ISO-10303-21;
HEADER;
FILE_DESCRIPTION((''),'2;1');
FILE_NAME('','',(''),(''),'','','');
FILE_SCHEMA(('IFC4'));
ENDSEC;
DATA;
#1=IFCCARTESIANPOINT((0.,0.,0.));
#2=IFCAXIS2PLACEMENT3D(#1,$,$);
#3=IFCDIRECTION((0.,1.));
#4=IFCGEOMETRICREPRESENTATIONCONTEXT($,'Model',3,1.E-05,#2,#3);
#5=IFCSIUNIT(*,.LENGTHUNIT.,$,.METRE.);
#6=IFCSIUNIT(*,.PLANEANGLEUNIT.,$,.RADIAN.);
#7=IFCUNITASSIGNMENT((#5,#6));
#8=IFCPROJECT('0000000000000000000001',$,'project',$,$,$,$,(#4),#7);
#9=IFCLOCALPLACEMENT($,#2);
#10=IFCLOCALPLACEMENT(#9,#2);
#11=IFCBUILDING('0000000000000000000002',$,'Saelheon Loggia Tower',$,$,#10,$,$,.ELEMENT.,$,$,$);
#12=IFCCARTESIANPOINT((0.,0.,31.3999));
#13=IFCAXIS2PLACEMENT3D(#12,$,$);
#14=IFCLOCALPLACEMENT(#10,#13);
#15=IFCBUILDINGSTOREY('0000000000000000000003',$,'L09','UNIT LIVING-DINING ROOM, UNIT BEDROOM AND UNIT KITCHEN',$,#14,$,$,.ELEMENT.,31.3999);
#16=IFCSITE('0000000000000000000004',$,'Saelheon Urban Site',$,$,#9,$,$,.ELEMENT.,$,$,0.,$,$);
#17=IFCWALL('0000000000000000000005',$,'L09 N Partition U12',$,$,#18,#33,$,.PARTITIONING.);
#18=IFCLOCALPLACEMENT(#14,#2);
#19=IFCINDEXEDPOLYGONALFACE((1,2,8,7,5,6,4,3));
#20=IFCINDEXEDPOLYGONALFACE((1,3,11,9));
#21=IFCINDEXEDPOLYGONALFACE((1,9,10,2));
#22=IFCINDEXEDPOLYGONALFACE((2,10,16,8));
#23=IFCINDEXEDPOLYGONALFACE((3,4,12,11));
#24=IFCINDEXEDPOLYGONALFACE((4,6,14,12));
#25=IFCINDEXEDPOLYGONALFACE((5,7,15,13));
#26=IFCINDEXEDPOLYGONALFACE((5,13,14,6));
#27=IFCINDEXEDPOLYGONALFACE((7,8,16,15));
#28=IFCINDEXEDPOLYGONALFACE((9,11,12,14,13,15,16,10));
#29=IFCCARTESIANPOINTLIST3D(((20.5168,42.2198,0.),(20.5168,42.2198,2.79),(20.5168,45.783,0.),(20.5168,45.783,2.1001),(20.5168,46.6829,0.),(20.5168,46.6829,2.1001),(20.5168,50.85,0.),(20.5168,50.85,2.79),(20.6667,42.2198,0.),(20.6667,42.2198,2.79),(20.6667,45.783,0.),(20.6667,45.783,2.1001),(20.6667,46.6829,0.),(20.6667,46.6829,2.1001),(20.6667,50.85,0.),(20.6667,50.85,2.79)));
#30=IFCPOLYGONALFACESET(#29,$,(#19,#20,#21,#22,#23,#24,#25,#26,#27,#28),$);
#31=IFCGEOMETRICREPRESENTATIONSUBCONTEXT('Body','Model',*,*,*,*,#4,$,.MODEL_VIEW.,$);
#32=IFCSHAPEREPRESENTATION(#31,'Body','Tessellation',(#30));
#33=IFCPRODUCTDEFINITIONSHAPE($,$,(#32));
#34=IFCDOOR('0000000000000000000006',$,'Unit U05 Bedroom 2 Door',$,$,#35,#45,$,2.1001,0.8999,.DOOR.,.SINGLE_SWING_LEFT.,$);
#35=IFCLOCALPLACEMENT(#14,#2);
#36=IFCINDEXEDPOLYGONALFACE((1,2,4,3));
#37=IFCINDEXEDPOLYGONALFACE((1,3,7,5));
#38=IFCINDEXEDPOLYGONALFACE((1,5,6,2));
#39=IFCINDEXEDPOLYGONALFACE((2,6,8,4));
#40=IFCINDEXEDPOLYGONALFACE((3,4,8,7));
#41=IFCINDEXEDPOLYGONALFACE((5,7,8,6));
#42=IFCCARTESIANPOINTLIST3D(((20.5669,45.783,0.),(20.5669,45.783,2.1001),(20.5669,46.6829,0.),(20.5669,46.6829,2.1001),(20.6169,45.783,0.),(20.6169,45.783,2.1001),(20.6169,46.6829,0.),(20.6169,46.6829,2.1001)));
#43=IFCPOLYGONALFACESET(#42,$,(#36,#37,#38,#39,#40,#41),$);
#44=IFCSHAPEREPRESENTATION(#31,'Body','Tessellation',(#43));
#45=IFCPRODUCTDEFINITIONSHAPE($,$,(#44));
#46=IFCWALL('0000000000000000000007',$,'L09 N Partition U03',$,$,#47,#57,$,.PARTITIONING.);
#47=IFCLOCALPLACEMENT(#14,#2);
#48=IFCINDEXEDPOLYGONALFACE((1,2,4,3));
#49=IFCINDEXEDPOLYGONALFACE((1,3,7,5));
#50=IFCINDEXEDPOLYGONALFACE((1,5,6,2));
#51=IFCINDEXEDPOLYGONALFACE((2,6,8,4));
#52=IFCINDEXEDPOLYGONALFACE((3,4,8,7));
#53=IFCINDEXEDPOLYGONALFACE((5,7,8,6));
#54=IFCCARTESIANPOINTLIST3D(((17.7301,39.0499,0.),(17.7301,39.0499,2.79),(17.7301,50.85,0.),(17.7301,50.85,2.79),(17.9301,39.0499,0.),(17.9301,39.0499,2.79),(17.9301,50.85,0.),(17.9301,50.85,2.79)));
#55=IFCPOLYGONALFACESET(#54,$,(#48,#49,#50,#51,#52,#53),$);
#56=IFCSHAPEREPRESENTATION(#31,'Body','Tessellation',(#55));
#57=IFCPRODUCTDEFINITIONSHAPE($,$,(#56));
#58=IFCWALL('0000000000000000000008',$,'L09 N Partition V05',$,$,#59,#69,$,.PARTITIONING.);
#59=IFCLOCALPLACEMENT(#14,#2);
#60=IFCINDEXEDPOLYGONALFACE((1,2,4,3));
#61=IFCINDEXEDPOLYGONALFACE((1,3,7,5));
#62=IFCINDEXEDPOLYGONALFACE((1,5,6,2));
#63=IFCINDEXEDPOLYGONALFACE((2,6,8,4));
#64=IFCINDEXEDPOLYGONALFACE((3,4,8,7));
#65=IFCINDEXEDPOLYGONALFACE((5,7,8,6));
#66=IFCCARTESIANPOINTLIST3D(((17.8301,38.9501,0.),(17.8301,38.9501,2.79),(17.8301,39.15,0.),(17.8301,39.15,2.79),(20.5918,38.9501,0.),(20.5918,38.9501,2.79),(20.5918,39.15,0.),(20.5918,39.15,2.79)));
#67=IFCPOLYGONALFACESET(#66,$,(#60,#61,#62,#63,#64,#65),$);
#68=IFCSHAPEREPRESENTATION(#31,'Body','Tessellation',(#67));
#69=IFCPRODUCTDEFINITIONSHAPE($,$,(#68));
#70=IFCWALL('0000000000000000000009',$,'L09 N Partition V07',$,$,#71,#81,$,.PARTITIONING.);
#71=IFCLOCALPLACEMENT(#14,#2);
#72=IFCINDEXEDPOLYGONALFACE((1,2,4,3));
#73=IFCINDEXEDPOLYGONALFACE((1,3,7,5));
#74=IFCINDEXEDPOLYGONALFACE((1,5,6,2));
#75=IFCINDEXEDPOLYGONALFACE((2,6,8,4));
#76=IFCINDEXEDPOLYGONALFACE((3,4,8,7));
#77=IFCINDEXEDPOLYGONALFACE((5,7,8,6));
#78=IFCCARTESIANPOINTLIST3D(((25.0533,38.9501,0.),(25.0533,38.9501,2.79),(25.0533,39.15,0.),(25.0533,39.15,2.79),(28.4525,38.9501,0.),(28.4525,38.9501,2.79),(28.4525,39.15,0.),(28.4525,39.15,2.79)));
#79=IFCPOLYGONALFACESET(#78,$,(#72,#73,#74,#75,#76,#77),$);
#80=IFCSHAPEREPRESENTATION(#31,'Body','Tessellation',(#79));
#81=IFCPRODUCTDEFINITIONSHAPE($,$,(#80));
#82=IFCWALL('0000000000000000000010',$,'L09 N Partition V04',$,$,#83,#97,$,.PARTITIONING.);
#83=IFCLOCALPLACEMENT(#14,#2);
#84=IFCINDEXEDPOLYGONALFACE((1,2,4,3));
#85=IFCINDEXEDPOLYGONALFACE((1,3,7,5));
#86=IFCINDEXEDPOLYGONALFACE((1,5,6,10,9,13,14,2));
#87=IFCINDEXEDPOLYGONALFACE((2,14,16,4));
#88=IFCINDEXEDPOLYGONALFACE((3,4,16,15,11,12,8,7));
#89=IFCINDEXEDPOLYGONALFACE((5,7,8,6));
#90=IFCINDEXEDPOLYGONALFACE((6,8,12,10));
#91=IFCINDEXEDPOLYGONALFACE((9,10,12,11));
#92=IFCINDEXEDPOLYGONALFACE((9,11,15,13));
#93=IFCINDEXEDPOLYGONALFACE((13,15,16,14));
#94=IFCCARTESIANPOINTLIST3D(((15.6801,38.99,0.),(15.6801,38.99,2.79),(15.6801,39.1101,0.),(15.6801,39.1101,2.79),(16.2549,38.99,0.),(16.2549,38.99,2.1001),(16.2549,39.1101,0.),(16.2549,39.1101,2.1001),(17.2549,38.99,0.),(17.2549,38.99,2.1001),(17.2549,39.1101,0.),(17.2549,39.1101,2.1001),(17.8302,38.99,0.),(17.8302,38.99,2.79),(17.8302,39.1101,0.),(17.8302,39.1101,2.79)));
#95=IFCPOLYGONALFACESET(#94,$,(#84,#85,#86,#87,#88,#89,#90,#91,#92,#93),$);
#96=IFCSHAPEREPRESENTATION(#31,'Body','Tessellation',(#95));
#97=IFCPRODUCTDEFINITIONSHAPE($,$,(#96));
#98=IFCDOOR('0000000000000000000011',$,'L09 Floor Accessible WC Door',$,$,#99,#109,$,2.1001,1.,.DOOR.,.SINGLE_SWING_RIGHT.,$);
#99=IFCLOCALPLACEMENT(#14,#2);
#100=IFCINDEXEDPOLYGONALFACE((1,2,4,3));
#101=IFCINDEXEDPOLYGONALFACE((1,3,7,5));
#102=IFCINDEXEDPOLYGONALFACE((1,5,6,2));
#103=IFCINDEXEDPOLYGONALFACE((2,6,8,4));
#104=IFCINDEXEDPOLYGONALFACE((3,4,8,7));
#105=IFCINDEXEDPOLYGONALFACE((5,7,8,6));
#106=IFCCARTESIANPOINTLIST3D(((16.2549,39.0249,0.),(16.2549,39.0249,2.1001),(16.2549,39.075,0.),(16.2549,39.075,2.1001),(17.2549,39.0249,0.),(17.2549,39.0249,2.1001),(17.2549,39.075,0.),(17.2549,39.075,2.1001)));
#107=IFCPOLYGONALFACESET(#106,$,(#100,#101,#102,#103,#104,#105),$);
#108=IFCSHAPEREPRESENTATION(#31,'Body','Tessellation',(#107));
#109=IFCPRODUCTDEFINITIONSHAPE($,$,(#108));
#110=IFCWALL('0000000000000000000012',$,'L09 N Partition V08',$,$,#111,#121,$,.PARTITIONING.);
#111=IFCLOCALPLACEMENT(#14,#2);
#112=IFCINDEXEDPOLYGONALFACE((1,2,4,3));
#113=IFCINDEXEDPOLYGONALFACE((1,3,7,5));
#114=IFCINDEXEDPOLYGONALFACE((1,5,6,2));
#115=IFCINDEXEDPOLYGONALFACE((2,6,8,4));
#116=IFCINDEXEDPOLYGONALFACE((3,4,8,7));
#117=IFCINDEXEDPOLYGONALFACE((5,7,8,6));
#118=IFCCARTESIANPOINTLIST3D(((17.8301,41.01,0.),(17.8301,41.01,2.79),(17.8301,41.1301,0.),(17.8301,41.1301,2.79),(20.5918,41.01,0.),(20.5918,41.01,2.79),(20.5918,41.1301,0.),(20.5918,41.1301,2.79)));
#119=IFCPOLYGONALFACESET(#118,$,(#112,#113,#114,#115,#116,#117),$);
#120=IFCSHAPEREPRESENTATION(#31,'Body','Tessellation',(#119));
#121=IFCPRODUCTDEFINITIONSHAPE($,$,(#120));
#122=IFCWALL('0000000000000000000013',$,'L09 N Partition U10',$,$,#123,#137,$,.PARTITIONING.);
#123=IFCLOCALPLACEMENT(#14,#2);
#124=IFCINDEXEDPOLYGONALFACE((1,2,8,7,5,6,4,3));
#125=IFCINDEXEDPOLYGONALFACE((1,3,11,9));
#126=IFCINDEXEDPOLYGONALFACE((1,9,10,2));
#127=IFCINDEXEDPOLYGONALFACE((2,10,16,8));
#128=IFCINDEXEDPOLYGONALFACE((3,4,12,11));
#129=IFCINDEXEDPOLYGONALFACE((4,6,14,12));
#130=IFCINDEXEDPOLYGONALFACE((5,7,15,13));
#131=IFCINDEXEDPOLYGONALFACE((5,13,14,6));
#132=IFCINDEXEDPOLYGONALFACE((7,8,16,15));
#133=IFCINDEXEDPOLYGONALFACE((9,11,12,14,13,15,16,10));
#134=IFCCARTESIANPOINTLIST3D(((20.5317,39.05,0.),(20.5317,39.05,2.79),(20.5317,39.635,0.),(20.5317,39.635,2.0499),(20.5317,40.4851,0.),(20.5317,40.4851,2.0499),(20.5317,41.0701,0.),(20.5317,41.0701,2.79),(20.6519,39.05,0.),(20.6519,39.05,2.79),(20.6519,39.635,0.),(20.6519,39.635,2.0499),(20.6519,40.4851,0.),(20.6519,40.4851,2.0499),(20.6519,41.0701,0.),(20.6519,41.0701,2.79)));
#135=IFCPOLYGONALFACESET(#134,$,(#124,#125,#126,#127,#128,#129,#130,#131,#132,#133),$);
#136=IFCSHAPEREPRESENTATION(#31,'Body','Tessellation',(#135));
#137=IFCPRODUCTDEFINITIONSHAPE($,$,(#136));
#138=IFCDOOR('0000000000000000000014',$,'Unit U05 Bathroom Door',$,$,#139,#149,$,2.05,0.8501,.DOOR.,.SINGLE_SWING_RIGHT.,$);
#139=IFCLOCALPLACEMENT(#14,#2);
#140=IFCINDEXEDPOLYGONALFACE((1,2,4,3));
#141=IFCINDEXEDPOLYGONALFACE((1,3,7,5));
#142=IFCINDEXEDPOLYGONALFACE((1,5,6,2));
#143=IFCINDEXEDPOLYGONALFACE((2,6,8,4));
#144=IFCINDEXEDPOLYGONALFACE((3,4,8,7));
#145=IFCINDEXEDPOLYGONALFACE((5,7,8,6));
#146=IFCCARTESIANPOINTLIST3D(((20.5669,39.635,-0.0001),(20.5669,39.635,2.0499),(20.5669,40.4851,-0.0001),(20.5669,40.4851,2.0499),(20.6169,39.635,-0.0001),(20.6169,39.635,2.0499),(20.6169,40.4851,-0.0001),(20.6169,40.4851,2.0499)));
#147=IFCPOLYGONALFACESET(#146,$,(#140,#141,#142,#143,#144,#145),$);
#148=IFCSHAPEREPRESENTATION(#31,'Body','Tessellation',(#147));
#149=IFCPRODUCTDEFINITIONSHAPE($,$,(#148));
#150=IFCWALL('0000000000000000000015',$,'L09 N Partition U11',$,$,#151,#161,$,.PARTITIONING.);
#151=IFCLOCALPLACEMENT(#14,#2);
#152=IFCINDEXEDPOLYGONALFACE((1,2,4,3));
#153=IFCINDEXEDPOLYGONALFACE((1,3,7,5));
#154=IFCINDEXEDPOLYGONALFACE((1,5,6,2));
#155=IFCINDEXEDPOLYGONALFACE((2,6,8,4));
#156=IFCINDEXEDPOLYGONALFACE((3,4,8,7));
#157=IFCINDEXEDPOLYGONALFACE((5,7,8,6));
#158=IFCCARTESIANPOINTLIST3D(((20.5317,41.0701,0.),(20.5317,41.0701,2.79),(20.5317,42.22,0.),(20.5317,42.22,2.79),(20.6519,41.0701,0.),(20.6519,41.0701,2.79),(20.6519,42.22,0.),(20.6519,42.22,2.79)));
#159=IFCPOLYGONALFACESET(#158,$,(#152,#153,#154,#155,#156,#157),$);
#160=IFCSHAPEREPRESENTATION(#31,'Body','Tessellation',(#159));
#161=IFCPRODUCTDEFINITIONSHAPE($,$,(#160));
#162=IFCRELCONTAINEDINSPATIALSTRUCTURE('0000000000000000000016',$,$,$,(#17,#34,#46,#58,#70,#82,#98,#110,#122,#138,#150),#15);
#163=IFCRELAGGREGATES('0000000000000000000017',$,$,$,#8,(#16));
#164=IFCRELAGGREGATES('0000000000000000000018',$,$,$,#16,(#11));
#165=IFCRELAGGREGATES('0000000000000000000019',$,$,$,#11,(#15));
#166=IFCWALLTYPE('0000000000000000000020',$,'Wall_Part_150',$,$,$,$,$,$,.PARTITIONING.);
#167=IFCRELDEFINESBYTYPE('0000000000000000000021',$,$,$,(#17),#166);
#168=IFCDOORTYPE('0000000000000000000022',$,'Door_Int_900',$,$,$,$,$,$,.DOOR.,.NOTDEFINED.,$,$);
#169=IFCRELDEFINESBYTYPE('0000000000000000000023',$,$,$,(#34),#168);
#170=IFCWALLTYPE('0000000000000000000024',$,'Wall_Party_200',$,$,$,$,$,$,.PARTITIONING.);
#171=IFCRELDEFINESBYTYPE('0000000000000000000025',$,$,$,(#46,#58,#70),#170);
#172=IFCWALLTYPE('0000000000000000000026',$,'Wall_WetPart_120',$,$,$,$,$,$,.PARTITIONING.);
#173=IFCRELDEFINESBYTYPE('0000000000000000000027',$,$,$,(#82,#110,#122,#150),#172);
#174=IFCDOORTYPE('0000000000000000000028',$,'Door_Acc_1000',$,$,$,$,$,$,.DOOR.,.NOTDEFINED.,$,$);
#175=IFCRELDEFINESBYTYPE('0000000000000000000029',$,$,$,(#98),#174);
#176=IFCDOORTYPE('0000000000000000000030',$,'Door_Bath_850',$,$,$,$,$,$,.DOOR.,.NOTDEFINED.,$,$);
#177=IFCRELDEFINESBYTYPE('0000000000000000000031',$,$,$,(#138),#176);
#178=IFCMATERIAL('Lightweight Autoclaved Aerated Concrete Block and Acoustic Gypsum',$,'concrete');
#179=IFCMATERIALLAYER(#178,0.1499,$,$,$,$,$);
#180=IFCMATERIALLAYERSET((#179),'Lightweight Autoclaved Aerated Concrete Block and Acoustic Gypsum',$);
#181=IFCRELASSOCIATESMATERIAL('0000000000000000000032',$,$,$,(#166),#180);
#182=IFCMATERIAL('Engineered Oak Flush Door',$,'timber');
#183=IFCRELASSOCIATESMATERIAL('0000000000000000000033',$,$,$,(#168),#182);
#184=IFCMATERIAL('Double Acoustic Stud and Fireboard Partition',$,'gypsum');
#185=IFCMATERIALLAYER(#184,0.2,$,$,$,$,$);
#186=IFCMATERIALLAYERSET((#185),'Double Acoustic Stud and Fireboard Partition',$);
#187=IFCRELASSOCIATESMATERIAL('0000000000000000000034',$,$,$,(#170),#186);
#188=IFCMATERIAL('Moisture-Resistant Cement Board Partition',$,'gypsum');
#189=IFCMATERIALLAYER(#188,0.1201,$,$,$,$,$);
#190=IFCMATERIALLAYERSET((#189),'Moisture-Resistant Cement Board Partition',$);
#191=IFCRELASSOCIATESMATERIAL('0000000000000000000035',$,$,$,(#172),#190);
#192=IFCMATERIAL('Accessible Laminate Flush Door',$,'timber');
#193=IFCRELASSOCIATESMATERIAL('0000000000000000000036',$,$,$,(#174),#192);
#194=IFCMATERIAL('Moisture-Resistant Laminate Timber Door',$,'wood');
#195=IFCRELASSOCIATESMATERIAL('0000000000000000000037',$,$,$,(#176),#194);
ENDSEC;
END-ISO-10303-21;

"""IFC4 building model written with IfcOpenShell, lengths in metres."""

from ifc_helpers import new_model, si_unit, direction, frame, frame_2d, origin, place, context, subcontext, project, spatial, rectangle, extrude, source, transform, mapped, material, layer, layer_set, type_object, element, fill, save


model = new_model("IFC4")

# Units and contexts
model_context = context("Model", 3, precision=1e-05, world=origin(), true_north=direction((0.0, 1.0)))
body_context = subcontext(model_context, "Body", "Model", "MODEL_VIEW")
ifc_project = project(units=[si_unit("LENGTHUNIT", "METRE"), si_unit("PLANEANGLEUNIT", "RADIAN")], contexts=[model_context])

# Site, building, storey
site_placement = place(None, origin())
site = spatial("IfcSite", under=ifc_project, at=site_placement, Name="Saelheon Urban Site", CompositionType="ELEMENT", RefElevation=0.0)
building_placement = place(site_placement, origin())
building = spatial("IfcBuilding", under=site, at=building_placement, Name="Saelheon Loggia Tower", CompositionType="ELEMENT")
storey_placement = place(building_placement, frame((0.0, 0.0, 31.3999)))
storey = spatial("IfcBuildingStorey", under=building, at=storey_placement, Name="L09", Description="UNIT LIVING-DINING ROOM, UNIT BEDROOM AND UNIT KITCHEN", CompositionType="ELEMENT", Elevation=31.3999)

# Wall, opening, door
ifc_material_1 = material(Name="Lightweight Autoclaved Aerated Concrete Block and Acoustic Gypsum", Category="concrete")
ifc_layer_1 = layer(ifc_material_1, 0.1499)
ifc_layer_set_1 = layer_set([ifc_layer_1], Name="Lightweight Autoclaved Aerated Concrete Block and Acoustic Gypsum")
wall_type_1 = type_object("IfcWallType", Name="Wall_Part_150", PredefinedType="PARTITIONING", material=ifc_layer_set_1)
wall_1_placement = place(storey_placement, frame((20.5918, 42.22, 0.0), z_axis=(0.0, 0.0, 1.0), x_axis=(0.0, 1.0, 0.0)))
wall_1 = element("IfcWall", 1, at=wall_1_placement, inside=storey, type_object=wall_type_1, Name="L09 N Partition U12", PredefinedType="PARTITIONING", context=body_context, shape_type="SweptSolid", body=[
    extrude(rectangle(XDim=8.6301, YDim=0.1499, at=frame_2d((4.3149, 0.0))), origin(), (0.0, 0.0, 1.0), 2.79),
])
opening_1_placement = place(wall_1_placement, frame((3.563, 0.0, 0.0)))
opening_1 = element("IfcOpeningElement", 2, at=opening_1_placement, cuts=wall_1, PredefinedType="OPENING", context=body_context, shape_type="SweptSolid", body=[
    extrude(rectangle(XDim=0.8999, YDim=2.1001, at=frame_2d((0.45, 1.05))), frame((0.0, 0.0869, 0.0), z_axis=(0.0, -1.0, 0.0), x_axis=(1.0, 0.0, 0.0)), (0.0, 0.0, 1.0), 0.1738),
])
ifc_material_2 = material(Name="Engineered Oak Flush Door", Category="timber")
door_type_1 = type_object("IfcDoorType", Name="Door_Int_900", OperationType="NOTDEFINED", PredefinedType="DOOR", material=ifc_material_2)
shared_shape_1 = source(origin(), body_context, "Body", "SweptSolid", [
    extrude(rectangle(XDim=0.8999, YDim=2.1001, at=frame_2d((0.45, 1.05))), frame((0.0, 0.0249, 0.0), z_axis=(0.0, -1.0, 0.0), x_axis=(1.0, 0.0, 0.0)), (0.0, 0.0, 1.0), 0.05),
])
door_1_placement = place(opening_1_placement, origin())
door_1 = element("IfcDoor", 3, at=door_1_placement, inside=storey, type_object=door_type_1, Name="Unit U05 Bedroom 2 Door", OperationType="SINGLE_SWING_LEFT", OverallHeight=2.1001, OverallWidth=0.8999, PredefinedType="DOOR", context=body_context, shape_type="MappedRepresentation", body=[
    mapped(shared_shape_1, transform((0.0, 0.0, 0.0), scale=1.0)),
])
fill(opening_1, door_1)

# Walls
ifc_material_3 = material(Name="Double Acoustic Stud and Fireboard Partition", Category="gypsum")
ifc_layer_2 = layer(ifc_material_3, 0.2)
ifc_layer_set_2 = layer_set([ifc_layer_2], Name="Double Acoustic Stud and Fireboard Partition")
wall_type_2 = type_object("IfcWallType", Name="Wall_Party_200", PredefinedType="PARTITIONING", material=ifc_layer_set_2)
wall_2_placement = place(storey_placement, frame((17.8301, 39.05, 0.0), z_axis=(0.0, 0.0, 1.0), x_axis=(0.0, 1.0, 0.0)))
element("IfcWall", 4, at=wall_2_placement, inside=storey, type_object=wall_type_2, Name="L09 N Partition U03", PredefinedType="PARTITIONING", context=body_context, shape_type="SweptSolid", body=[
    extrude(rectangle(XDim=11.8, YDim=0.2, at=frame_2d((5.8999, 0.0))), origin(), (0.0, 0.0, 1.0), 2.79),
])
wall_3_placement = place(storey_placement, frame((17.8301, 39.05, 0.0), z_axis=(0.0, 0.0, 1.0), x_axis=(1.0, 0.0, 0.0)))
element("IfcWall", 5, at=wall_3_placement, inside=storey, type_object=wall_type_2, Name="L09 N Partition V05", PredefinedType="PARTITIONING", context=body_context, shape_type="SweptSolid", body=[
    extrude(rectangle(XDim=2.7617, YDim=0.2, at=frame_2d((1.3809, 0.0))), origin(), (0.0, 0.0, 1.0), 2.79),
])

# Wall
wall_4_placement = place(storey_placement, frame((25.0532, 39.05, 0.0), z_axis=(0.0, 0.0, 1.0), x_axis=(1.0, 0.0, 0.0)))
element("IfcWall", 6, at=wall_4_placement, inside=storey, type_object=wall_type_2, Name="L09 N Partition V07", PredefinedType="PARTITIONING", context=body_context, shape_type="SweptSolid", body=[
    extrude(rectangle(XDim=3.3992, YDim=0.2, at=frame_2d((1.6997, 0.0))), origin(), (0.0, 0.0, 1.0), 2.79),
])

# Wall, opening, door
ifc_material_4 = material(Name="Moisture-Resistant Cement Board Partition", Category="gypsum")
ifc_layer_3 = layer(ifc_material_4, 0.1201)
ifc_layer_set_3 = layer_set([ifc_layer_3], Name="Moisture-Resistant Cement Board Partition")
wall_type_3 = type_object("IfcWallType", Name="Wall_WetPart_120", PredefinedType="PARTITIONING", material=ifc_layer_set_3)
wall_5_placement = place(storey_placement, frame((15.6799, 39.05, 0.0), z_axis=(0.0, 0.0, 1.0), x_axis=(1.0, 0.0, 0.0)))
wall_5 = element("IfcWall", 7, at=wall_5_placement, inside=storey, type_object=wall_type_3, Name="L09 N Partition V04", PredefinedType="PARTITIONING", context=body_context, shape_type="SweptSolid", body=[
    extrude(rectangle(XDim=2.1501, YDim=0.1201, at=frame_2d((1.0752, 0.0))), origin(), (0.0, 0.0, 1.0), 2.79),
])
opening_2_placement = place(wall_5_placement, frame((0.575, 0.0, 0.0)))
opening_2 = element("IfcOpeningElement", 8, at=opening_2_placement, cuts=wall_5, PredefinedType="OPENING", context=body_context, shape_type="SweptSolid", body=[
    extrude(rectangle(XDim=1.0, YDim=2.1001, at=frame_2d((0.5, 1.05))), frame((0.0, 0.072, 0.0), z_axis=(0.0, -1.0, 0.0), x_axis=(1.0, 0.0, 0.0)), (0.0, 0.0, 1.0), 0.144),
])
ifc_material_5 = material(Name="Accessible Laminate Flush Door", Category="timber")
door_type_2 = type_object("IfcDoorType", Name="Door_Acc_1000", OperationType="NOTDEFINED", PredefinedType="DOOR", material=ifc_material_5)
shared_shape_2 = source(origin(), body_context, "Body", "SweptSolid", [
    extrude(rectangle(XDim=1.0, YDim=2.1001, at=frame_2d((0.5, 1.05))), frame((0.0, 0.0249, 0.0), z_axis=(0.0, -1.0, 0.0), x_axis=(1.0, 0.0, 0.0)), (0.0, 0.0, 1.0), 0.05),
])
door_2_placement = place(opening_2_placement, origin())
door_2 = element("IfcDoor", 9, at=door_2_placement, inside=storey, type_object=door_type_2, Name="L09 Floor Accessible WC Door", OperationType="SINGLE_SWING_RIGHT", OverallHeight=2.1001, OverallWidth=1.0, PredefinedType="DOOR", context=body_context, shape_type="MappedRepresentation", body=[
    mapped(shared_shape_2, transform((0.0, 0.0, 0.0), scale=1.0)),
])
fill(opening_2, door_2)

# Wall
wall_6_placement = place(storey_placement, frame((17.8301, 41.0701, 0.0), z_axis=(0.0, 0.0, 1.0), x_axis=(1.0, 0.0, 0.0)))
element("IfcWall", 10, at=wall_6_placement, inside=storey, type_object=wall_type_3, Name="L09 N Partition V08", PredefinedType="PARTITIONING", context=body_context, shape_type="SweptSolid", body=[
    extrude(rectangle(XDim=2.7617, YDim=0.1201, at=frame_2d((1.3809, 0.0))), origin(), (0.0, 0.0, 1.0), 2.79),
])

# Wall, opening, door
wall_7_placement = place(storey_placement, frame((20.5918, 39.05, 0.0), z_axis=(0.0, 0.0, 1.0), x_axis=(0.0, 1.0, 0.0)))
wall_7 = element("IfcWall", 11, at=wall_7_placement, inside=storey, type_object=wall_type_3, Name="L09 N Partition U10", PredefinedType="PARTITIONING", context=body_context, shape_type="SweptSolid", body=[
    extrude(rectangle(XDim=2.02, YDim=0.1201, at=frame_2d((1.01, 0.0))), origin(), (0.0, 0.0, 1.0), 2.79),
])
opening_3_placement = place(wall_7_placement, frame((0.585, 0.0, 0.0)))
opening_3 = element("IfcOpeningElement", 12, at=opening_3_placement, cuts=wall_7, PredefinedType="OPENING", context=body_context, shape_type="SweptSolid", body=[
    extrude(rectangle(XDim=0.8501, YDim=2.05, at=frame_2d((0.425, 1.0249))), frame((0.0, 0.072, 0.0), z_axis=(0.0, -1.0, 0.0), x_axis=(1.0, 0.0, 0.0)), (0.0, 0.0, 1.0), 0.144),
])
ifc_material_6 = material(Name="Moisture-Resistant Laminate Timber Door", Category="wood")
door_type_3 = type_object("IfcDoorType", Name="Door_Bath_850", OperationType="NOTDEFINED", PredefinedType="DOOR", material=ifc_material_6)
shared_shape_3 = source(origin(), body_context, "Body", "SweptSolid", [
    extrude(rectangle(XDim=0.8501, YDim=2.05, at=frame_2d((0.425, 1.0249))), frame((0.0, 0.0249, 0.0), z_axis=(0.0, -1.0, 0.0), x_axis=(1.0, 0.0, 0.0)), (0.0, 0.0, 1.0), 0.05),
])
door_3_placement = place(opening_3_placement, origin())
door_3 = element("IfcDoor", 13, at=door_3_placement, inside=storey, type_object=door_type_3, Name="Unit U05 Bathroom Door", OperationType="SINGLE_SWING_RIGHT", OverallHeight=2.05, OverallWidth=0.8501, PredefinedType="DOOR", context=body_context, shape_type="MappedRepresentation", body=[
    mapped(shared_shape_3, transform((0.0, 0.0, 0.0), scale=1.0)),
])
fill(opening_3, door_3)

# Wall
wall_8_placement = place(storey_placement, frame((20.5918, 41.0701, 0.0), z_axis=(0.0, 0.0, 1.0), x_axis=(0.0, 1.0, 0.0)))
element("IfcWall", 14, at=wall_8_placement, inside=storey, type_object=wall_type_3, Name="L09 N Partition U11", PredefinedType="PARTITIONING", context=body_context, shape_type="SweptSolid", body=[
    extrude(rectangle(XDim=1.1499, YDim=0.1201, at=frame_2d((0.575, 0.0))), origin(), (0.0, 0.0, 1.0), 2.79),
])

save(model, "model.ifc")
